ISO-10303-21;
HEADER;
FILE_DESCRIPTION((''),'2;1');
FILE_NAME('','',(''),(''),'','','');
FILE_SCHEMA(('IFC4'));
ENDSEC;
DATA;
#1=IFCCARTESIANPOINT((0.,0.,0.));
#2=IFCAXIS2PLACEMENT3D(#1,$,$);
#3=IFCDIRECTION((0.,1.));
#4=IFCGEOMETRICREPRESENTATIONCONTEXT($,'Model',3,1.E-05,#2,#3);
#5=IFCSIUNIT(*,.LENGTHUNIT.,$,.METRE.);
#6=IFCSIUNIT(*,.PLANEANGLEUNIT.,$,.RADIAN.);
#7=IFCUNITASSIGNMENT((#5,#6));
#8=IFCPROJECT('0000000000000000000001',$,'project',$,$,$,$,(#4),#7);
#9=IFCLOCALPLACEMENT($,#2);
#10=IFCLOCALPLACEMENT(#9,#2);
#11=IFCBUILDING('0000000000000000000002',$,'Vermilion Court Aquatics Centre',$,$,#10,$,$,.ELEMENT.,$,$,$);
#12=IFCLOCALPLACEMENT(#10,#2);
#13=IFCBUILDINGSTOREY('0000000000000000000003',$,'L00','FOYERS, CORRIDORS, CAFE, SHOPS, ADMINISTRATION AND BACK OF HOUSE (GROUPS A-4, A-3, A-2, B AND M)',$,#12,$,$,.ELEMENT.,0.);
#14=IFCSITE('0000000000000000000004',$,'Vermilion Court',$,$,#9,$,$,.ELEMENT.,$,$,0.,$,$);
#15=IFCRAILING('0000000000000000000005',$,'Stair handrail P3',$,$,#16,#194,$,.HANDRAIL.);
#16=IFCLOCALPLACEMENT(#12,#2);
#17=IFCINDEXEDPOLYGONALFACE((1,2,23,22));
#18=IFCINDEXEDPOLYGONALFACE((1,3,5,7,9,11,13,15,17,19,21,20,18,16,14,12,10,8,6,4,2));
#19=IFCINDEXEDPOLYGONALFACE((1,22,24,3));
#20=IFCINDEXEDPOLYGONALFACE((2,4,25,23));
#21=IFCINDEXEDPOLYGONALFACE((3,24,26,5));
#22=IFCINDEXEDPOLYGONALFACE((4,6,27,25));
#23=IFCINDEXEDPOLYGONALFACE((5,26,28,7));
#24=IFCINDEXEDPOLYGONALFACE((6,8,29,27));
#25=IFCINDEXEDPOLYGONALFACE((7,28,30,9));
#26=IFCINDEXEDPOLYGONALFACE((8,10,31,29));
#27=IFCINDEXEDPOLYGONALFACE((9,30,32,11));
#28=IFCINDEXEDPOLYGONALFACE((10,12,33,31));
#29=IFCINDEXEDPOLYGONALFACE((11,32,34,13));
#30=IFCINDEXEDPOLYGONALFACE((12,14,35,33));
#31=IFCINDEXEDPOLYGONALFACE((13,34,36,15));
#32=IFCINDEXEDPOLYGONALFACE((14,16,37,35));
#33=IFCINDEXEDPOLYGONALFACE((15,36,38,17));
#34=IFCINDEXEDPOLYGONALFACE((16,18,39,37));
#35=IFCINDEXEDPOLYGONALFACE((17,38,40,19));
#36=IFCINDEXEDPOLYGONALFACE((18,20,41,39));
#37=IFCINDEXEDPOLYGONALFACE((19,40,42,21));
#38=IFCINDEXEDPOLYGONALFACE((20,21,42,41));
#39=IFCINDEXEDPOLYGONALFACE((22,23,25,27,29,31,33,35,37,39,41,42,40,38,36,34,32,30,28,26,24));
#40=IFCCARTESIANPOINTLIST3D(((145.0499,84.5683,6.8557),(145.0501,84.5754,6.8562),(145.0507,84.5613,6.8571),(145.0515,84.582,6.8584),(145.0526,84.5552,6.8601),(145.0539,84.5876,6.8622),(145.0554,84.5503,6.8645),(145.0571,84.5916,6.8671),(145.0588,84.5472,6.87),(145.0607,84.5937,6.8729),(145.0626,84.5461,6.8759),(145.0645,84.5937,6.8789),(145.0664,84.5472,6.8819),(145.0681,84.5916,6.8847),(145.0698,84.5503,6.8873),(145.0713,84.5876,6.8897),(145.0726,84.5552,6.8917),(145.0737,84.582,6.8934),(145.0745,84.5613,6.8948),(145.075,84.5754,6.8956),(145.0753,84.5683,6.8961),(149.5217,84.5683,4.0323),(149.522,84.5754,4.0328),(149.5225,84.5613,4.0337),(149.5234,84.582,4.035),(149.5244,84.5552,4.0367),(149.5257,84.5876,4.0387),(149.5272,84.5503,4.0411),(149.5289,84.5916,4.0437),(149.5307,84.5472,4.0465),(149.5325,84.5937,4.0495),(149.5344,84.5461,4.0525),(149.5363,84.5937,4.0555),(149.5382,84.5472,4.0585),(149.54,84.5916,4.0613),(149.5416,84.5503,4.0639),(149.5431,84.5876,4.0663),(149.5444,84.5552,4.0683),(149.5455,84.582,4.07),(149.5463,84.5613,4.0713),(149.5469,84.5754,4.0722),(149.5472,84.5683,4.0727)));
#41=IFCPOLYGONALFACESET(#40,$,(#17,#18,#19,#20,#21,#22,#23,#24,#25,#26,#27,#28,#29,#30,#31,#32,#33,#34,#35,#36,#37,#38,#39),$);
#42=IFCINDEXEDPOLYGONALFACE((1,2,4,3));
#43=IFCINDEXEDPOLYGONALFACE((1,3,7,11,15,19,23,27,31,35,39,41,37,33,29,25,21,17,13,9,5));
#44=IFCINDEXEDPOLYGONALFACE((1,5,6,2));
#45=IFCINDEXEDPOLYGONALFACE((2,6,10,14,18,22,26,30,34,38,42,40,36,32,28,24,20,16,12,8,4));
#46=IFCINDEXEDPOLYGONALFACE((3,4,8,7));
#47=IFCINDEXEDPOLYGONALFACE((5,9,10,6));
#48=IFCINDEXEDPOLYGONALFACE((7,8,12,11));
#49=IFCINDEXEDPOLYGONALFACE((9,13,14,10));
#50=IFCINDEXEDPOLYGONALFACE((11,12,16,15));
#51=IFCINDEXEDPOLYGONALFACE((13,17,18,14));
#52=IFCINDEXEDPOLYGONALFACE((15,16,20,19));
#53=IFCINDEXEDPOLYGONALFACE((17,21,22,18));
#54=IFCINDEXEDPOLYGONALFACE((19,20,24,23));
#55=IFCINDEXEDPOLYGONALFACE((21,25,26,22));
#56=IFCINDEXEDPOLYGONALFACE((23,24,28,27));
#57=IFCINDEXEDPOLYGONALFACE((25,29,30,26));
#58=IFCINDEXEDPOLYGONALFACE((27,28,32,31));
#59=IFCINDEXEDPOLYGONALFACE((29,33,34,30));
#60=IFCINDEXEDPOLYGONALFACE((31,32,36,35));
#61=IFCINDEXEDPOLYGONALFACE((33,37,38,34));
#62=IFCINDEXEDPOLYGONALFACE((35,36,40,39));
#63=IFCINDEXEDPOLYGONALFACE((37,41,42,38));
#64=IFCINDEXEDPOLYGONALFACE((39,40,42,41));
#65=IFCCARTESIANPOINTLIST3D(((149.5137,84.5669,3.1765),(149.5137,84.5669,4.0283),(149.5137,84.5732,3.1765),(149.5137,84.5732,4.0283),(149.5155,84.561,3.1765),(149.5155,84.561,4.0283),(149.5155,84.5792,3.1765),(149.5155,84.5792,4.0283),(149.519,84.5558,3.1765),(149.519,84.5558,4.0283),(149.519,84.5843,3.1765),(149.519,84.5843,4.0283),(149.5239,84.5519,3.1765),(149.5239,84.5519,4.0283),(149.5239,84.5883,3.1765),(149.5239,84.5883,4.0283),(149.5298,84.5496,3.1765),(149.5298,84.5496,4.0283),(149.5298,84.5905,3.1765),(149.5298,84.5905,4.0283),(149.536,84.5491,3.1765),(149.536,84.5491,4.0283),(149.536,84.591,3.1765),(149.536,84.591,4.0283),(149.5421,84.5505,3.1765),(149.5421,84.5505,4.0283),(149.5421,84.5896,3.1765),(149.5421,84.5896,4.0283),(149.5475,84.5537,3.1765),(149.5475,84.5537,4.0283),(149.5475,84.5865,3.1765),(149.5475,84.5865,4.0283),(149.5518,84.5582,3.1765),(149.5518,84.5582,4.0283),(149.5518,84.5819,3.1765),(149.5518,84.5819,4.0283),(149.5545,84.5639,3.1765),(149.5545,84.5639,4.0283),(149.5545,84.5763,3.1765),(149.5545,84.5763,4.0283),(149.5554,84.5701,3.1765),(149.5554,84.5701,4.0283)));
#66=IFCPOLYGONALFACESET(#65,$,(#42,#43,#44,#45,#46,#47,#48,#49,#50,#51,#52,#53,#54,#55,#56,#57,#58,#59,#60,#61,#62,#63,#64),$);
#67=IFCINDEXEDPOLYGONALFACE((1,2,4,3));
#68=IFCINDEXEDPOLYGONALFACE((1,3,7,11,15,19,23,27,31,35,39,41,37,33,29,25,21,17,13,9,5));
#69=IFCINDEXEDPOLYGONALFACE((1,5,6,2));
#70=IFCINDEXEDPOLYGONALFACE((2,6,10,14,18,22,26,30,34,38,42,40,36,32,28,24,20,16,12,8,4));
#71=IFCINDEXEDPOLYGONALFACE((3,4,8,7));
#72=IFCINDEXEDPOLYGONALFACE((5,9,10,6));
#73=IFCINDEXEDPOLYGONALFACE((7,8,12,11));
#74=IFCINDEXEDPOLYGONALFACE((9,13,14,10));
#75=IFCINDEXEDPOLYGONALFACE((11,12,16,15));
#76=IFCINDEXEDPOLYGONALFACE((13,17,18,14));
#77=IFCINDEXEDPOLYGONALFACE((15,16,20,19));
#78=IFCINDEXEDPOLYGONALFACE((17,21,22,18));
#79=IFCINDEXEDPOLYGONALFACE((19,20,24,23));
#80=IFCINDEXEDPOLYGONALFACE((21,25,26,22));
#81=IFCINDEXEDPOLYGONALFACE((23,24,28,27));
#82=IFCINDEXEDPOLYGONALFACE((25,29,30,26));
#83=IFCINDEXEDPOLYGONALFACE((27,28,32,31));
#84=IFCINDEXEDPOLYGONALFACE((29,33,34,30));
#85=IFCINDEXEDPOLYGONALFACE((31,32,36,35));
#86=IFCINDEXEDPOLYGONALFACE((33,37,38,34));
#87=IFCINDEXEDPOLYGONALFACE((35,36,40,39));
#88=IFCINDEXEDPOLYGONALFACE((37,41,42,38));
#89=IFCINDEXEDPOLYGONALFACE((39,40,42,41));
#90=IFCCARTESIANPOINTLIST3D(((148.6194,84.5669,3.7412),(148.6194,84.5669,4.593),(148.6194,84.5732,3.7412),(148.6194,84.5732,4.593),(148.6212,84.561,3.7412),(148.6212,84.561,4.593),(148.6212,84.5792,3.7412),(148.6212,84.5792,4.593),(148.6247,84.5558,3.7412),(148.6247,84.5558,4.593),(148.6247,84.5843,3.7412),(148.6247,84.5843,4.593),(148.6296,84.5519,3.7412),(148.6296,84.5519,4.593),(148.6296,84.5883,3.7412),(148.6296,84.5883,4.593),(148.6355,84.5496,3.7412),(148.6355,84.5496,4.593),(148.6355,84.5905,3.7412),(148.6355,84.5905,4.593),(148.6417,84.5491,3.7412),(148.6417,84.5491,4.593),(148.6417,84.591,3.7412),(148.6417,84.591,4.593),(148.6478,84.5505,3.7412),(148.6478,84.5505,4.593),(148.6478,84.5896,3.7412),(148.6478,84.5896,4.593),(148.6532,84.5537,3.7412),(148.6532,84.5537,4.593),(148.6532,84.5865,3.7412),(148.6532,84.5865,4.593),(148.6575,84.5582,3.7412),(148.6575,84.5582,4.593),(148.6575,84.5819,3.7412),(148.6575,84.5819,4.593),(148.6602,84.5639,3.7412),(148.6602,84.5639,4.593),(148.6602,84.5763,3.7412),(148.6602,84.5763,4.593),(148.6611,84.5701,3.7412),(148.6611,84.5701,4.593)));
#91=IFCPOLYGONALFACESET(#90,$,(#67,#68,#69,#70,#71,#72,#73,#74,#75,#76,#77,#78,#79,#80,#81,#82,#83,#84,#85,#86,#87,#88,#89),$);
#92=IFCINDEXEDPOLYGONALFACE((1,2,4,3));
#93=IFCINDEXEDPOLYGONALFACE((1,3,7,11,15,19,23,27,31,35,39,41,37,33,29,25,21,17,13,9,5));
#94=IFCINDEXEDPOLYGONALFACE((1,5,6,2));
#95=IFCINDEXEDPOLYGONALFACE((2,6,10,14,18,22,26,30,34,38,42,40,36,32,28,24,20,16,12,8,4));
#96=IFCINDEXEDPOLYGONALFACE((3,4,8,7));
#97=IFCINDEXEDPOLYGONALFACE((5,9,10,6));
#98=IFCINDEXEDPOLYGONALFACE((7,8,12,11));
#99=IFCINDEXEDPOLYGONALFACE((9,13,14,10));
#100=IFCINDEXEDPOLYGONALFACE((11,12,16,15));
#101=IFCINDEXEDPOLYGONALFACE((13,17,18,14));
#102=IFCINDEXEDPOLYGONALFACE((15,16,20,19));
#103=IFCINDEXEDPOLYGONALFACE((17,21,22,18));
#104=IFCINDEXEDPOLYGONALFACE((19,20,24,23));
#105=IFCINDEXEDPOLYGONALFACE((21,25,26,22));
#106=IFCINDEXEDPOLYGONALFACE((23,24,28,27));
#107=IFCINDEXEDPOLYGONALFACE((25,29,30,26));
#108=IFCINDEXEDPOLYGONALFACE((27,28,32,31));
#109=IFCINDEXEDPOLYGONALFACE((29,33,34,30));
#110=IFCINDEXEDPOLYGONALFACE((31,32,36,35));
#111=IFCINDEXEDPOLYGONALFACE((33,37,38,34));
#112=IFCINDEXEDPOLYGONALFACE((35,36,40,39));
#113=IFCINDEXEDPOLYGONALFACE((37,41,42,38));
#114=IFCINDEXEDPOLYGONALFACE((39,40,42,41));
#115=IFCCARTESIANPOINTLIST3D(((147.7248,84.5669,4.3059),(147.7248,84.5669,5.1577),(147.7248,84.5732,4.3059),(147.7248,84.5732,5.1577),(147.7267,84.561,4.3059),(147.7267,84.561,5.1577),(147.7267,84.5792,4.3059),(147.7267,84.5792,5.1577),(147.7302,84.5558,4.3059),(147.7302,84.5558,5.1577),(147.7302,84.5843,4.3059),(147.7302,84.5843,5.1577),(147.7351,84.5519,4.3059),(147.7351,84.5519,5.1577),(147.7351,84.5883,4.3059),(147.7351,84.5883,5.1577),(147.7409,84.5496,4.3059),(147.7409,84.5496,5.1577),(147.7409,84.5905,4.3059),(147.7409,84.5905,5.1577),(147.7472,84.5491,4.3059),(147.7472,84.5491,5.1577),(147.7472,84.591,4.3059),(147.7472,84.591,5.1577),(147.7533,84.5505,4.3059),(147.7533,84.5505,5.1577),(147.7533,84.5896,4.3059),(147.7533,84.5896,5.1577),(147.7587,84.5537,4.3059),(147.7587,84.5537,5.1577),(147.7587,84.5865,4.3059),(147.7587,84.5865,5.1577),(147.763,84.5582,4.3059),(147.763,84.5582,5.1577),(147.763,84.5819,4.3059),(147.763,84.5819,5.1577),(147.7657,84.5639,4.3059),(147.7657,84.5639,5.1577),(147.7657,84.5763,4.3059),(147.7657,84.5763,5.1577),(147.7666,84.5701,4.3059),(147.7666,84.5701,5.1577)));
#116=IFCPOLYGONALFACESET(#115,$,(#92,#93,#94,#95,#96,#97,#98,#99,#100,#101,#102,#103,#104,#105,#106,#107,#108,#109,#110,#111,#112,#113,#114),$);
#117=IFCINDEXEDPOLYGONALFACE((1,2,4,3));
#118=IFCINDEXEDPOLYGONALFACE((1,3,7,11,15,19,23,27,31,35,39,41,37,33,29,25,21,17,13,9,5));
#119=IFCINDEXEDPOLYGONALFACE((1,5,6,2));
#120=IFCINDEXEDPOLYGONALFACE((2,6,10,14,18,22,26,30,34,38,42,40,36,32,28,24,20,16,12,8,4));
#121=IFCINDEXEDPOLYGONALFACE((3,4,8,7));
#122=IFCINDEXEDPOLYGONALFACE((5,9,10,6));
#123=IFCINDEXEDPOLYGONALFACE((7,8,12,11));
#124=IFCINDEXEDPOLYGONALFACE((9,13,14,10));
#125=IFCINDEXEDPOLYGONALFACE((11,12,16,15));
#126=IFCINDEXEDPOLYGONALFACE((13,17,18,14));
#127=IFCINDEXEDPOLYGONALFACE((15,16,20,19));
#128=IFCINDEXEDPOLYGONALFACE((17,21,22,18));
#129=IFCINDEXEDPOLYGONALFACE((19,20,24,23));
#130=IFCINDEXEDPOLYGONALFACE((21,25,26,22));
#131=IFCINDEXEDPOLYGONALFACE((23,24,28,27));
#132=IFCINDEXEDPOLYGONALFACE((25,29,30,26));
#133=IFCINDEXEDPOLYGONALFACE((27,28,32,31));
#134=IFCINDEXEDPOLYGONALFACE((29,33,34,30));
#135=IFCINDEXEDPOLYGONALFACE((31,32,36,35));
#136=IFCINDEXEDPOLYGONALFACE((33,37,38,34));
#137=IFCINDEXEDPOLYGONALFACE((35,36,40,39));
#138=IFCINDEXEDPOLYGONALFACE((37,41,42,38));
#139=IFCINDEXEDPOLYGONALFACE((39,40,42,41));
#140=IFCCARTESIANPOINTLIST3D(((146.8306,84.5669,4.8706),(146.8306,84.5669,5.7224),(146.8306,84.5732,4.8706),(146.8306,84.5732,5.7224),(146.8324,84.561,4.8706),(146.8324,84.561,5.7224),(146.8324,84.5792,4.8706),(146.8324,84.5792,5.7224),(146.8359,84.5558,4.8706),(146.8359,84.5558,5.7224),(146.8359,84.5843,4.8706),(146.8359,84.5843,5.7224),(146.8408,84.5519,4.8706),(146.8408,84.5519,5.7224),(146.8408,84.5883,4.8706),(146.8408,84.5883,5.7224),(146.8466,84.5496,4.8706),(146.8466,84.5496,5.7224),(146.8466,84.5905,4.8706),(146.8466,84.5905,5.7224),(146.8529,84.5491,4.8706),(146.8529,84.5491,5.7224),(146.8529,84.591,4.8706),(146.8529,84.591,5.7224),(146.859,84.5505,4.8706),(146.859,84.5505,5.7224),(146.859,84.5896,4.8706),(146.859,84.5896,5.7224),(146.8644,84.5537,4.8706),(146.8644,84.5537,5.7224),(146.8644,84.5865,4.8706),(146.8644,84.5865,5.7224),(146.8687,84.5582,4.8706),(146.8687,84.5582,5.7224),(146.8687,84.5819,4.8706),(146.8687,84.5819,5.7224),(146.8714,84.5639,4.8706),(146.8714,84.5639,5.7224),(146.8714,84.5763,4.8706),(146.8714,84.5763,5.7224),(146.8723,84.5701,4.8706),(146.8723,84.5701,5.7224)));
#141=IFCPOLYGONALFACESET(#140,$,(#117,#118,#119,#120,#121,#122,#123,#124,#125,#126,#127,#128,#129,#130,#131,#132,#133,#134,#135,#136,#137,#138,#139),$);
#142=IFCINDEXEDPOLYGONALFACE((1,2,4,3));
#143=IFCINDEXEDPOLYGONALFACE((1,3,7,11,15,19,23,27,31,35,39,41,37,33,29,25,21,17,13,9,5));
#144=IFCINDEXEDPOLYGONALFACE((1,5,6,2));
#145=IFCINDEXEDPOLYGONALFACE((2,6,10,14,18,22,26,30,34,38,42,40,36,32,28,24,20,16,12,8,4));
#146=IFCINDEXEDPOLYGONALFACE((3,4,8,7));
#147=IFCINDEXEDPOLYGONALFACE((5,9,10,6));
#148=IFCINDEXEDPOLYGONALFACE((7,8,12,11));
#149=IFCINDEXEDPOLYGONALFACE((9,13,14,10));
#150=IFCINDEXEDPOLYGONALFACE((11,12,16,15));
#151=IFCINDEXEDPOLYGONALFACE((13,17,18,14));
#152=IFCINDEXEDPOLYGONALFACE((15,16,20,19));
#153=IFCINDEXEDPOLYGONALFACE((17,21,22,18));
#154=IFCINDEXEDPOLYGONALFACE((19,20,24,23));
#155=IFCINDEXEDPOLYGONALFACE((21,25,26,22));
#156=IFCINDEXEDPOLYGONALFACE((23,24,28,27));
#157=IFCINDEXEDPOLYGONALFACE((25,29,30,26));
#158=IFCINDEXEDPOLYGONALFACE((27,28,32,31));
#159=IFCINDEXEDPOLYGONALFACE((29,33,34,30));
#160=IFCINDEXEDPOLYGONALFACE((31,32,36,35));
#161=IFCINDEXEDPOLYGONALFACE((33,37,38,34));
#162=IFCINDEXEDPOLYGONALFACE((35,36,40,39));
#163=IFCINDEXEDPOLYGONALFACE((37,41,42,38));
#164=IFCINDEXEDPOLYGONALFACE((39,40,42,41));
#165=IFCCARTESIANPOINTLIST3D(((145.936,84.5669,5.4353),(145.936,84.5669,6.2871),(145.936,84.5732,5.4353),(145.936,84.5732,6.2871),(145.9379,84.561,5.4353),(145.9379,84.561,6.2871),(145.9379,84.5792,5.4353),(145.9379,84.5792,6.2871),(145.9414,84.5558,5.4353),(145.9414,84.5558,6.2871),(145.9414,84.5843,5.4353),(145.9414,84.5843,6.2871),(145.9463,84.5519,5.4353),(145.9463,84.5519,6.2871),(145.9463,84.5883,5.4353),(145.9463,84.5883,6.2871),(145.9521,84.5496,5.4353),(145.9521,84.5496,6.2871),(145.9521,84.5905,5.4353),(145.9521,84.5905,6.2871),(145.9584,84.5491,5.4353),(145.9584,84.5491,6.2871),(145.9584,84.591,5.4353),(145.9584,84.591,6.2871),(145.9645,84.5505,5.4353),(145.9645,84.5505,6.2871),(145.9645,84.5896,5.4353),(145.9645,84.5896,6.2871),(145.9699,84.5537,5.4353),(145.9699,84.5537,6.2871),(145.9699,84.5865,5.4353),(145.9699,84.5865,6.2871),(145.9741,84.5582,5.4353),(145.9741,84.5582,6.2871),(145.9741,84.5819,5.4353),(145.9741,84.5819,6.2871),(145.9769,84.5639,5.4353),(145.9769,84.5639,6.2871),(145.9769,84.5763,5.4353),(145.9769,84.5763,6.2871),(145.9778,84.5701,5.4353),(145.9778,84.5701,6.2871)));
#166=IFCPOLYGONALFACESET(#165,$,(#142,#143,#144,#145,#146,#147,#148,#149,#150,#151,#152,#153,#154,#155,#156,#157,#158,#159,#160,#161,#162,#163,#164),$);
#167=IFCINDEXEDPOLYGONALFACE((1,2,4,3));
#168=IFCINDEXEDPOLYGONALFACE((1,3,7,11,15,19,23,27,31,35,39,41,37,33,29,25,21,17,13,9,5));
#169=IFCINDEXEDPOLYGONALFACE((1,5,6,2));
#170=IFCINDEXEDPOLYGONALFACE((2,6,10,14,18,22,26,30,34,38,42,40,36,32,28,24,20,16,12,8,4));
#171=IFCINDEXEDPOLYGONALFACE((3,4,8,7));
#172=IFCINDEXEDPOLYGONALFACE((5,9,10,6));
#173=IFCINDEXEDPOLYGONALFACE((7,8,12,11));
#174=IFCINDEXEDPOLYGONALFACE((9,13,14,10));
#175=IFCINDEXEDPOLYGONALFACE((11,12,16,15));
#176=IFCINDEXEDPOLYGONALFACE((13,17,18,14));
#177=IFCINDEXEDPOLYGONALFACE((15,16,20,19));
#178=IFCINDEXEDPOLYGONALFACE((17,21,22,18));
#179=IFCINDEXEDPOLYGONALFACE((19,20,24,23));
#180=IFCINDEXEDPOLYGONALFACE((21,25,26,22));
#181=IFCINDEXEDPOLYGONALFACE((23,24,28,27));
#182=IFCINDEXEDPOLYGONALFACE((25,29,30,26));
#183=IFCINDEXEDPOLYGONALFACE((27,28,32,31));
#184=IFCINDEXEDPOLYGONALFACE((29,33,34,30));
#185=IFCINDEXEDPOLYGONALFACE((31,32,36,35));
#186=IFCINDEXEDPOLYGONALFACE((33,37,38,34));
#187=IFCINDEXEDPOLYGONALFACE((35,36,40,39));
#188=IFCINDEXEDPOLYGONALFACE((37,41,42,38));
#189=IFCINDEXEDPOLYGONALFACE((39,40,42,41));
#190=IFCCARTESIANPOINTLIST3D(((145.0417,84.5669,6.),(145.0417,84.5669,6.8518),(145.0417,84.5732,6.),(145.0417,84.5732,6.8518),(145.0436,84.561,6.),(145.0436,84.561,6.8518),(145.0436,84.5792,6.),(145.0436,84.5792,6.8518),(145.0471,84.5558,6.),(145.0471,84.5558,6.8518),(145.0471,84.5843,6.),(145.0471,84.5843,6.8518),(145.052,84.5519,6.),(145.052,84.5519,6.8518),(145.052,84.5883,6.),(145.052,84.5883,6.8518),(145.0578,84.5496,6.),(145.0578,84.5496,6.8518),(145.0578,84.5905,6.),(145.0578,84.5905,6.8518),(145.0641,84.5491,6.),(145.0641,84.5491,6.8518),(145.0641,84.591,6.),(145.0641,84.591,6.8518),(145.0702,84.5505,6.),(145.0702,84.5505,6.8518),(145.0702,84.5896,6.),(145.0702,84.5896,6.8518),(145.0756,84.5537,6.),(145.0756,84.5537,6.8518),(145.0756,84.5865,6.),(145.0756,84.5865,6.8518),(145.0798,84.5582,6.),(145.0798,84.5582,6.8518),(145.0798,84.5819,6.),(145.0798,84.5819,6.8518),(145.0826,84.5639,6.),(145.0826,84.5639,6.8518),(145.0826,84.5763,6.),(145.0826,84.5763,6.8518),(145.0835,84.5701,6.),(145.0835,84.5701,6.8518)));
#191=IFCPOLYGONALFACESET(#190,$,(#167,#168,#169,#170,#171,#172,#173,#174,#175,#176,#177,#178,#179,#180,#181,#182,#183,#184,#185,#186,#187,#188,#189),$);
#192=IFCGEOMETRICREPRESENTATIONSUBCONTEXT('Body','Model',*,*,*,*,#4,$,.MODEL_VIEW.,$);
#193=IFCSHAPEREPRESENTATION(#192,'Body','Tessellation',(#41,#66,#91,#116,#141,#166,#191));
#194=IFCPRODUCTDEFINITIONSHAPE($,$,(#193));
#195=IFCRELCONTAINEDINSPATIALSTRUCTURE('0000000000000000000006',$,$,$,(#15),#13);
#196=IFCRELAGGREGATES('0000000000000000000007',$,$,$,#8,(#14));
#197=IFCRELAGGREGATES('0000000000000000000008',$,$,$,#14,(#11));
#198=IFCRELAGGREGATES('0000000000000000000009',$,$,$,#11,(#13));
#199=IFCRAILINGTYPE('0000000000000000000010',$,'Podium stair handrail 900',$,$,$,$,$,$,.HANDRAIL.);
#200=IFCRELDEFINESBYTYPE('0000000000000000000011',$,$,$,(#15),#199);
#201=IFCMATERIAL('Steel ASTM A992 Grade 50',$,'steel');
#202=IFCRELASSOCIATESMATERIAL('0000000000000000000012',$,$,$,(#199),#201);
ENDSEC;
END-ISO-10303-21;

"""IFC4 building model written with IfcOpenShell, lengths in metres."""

from ifc_helpers import new_model, si_unit, direction, frame, origin, origin_2d, place, context, subcontext, project, spatial, circle, extrude, material, type_object, element, save


model = new_model("IFC4")

# Units and contexts
model_context = context("Model", 3, precision=1e-05, world=origin(), true_north=direction((0.0, 1.0)))
body_context = subcontext(model_context, "Body", "Model", "MODEL_VIEW")
ifc_project = project(units=[si_unit("LENGTHUNIT", "METRE"), si_unit("PLANEANGLEUNIT", "RADIAN")], contexts=[model_context])

# Site, building, storey
site_placement = place(None, origin())
site = spatial("IfcSite", under=ifc_project, at=site_placement, Name="Vermilion Court", CompositionType="ELEMENT", RefElevation=0.0)
building_placement = place(site_placement, origin())
building = spatial("IfcBuilding", under=site, at=building_placement, Name="Vermilion Court Aquatics Centre", CompositionType="ELEMENT")
storey_placement = place(building_placement, origin())
storey = spatial("IfcBuildingStorey", under=building, at=storey_placement, Name="L00", Description="FOYERS, CORRIDORS, CAFE, SHOPS, ADMINISTRATION AND BACK OF HOUSE (GROUPS A-4, A-3, A-2, B AND M)", CompositionType="ELEMENT", Elevation=0.0)

# Railing
ifc_material_1 = material(Name="Steel ASTM A992 Grade 50", Category="steel")
railing_type_1 = type_object("IfcRailingType", Name="Podium stair handrail 900", PredefinedType="HANDRAIL", material=ifc_material_1)
for number, where, name in (
    (1, (149.5344, 84.5701, 3.1765), "Stair handrail P3"),
):
    element("IfcRailing", number, at=place(storey_placement, frame(where)), inside=storey, type_object=railing_type_1, Name=name, PredefinedType="HANDRAIL", context=body_context, shape_type="SweptSolid", body=[
        extrude(circle(Radius=0.0239, at=origin_2d()), frame((0.0, 0.0, 0.876), z_axis=(-0.845565, 0.0, 0.533873), x_axis=(0.0, -1.0, 0.0)), (0.0, 0.0, 1.0), 5.2886),
        extrude(circle(Radius=0.021, at=origin_2d()), origin(), (0.0, 0.0, 1.0), 0.8518),
        extrude(circle(Radius=0.021, at=origin_2d()), frame((-0.8943, 0.0, 0.5647)), (0.0, 0.0, 1.0), 0.8518),
        extrude(circle(Radius=0.021, at=origin_2d()), frame((-1.7888, 0.0, 1.1294)), (0.0, 0.0, 1.0), 0.8518),
        extrude(circle(Radius=0.021, at=origin_2d()), frame((-2.6831, 0.0, 1.6941)), (0.0, 0.0, 1.0), 0.8518),
        extrude(circle(Radius=0.021, at=origin_2d()), frame((-3.5776, 0.0, 2.2588)), (0.0, 0.0, 1.0), 0.8518),
        extrude(circle(Radius=0.021, at=origin_2d()), frame((-4.4719, 0.0, 2.8235)), (0.0, 0.0, 1.0), 0.8518),
    ])

save(model, "model.ifc")
